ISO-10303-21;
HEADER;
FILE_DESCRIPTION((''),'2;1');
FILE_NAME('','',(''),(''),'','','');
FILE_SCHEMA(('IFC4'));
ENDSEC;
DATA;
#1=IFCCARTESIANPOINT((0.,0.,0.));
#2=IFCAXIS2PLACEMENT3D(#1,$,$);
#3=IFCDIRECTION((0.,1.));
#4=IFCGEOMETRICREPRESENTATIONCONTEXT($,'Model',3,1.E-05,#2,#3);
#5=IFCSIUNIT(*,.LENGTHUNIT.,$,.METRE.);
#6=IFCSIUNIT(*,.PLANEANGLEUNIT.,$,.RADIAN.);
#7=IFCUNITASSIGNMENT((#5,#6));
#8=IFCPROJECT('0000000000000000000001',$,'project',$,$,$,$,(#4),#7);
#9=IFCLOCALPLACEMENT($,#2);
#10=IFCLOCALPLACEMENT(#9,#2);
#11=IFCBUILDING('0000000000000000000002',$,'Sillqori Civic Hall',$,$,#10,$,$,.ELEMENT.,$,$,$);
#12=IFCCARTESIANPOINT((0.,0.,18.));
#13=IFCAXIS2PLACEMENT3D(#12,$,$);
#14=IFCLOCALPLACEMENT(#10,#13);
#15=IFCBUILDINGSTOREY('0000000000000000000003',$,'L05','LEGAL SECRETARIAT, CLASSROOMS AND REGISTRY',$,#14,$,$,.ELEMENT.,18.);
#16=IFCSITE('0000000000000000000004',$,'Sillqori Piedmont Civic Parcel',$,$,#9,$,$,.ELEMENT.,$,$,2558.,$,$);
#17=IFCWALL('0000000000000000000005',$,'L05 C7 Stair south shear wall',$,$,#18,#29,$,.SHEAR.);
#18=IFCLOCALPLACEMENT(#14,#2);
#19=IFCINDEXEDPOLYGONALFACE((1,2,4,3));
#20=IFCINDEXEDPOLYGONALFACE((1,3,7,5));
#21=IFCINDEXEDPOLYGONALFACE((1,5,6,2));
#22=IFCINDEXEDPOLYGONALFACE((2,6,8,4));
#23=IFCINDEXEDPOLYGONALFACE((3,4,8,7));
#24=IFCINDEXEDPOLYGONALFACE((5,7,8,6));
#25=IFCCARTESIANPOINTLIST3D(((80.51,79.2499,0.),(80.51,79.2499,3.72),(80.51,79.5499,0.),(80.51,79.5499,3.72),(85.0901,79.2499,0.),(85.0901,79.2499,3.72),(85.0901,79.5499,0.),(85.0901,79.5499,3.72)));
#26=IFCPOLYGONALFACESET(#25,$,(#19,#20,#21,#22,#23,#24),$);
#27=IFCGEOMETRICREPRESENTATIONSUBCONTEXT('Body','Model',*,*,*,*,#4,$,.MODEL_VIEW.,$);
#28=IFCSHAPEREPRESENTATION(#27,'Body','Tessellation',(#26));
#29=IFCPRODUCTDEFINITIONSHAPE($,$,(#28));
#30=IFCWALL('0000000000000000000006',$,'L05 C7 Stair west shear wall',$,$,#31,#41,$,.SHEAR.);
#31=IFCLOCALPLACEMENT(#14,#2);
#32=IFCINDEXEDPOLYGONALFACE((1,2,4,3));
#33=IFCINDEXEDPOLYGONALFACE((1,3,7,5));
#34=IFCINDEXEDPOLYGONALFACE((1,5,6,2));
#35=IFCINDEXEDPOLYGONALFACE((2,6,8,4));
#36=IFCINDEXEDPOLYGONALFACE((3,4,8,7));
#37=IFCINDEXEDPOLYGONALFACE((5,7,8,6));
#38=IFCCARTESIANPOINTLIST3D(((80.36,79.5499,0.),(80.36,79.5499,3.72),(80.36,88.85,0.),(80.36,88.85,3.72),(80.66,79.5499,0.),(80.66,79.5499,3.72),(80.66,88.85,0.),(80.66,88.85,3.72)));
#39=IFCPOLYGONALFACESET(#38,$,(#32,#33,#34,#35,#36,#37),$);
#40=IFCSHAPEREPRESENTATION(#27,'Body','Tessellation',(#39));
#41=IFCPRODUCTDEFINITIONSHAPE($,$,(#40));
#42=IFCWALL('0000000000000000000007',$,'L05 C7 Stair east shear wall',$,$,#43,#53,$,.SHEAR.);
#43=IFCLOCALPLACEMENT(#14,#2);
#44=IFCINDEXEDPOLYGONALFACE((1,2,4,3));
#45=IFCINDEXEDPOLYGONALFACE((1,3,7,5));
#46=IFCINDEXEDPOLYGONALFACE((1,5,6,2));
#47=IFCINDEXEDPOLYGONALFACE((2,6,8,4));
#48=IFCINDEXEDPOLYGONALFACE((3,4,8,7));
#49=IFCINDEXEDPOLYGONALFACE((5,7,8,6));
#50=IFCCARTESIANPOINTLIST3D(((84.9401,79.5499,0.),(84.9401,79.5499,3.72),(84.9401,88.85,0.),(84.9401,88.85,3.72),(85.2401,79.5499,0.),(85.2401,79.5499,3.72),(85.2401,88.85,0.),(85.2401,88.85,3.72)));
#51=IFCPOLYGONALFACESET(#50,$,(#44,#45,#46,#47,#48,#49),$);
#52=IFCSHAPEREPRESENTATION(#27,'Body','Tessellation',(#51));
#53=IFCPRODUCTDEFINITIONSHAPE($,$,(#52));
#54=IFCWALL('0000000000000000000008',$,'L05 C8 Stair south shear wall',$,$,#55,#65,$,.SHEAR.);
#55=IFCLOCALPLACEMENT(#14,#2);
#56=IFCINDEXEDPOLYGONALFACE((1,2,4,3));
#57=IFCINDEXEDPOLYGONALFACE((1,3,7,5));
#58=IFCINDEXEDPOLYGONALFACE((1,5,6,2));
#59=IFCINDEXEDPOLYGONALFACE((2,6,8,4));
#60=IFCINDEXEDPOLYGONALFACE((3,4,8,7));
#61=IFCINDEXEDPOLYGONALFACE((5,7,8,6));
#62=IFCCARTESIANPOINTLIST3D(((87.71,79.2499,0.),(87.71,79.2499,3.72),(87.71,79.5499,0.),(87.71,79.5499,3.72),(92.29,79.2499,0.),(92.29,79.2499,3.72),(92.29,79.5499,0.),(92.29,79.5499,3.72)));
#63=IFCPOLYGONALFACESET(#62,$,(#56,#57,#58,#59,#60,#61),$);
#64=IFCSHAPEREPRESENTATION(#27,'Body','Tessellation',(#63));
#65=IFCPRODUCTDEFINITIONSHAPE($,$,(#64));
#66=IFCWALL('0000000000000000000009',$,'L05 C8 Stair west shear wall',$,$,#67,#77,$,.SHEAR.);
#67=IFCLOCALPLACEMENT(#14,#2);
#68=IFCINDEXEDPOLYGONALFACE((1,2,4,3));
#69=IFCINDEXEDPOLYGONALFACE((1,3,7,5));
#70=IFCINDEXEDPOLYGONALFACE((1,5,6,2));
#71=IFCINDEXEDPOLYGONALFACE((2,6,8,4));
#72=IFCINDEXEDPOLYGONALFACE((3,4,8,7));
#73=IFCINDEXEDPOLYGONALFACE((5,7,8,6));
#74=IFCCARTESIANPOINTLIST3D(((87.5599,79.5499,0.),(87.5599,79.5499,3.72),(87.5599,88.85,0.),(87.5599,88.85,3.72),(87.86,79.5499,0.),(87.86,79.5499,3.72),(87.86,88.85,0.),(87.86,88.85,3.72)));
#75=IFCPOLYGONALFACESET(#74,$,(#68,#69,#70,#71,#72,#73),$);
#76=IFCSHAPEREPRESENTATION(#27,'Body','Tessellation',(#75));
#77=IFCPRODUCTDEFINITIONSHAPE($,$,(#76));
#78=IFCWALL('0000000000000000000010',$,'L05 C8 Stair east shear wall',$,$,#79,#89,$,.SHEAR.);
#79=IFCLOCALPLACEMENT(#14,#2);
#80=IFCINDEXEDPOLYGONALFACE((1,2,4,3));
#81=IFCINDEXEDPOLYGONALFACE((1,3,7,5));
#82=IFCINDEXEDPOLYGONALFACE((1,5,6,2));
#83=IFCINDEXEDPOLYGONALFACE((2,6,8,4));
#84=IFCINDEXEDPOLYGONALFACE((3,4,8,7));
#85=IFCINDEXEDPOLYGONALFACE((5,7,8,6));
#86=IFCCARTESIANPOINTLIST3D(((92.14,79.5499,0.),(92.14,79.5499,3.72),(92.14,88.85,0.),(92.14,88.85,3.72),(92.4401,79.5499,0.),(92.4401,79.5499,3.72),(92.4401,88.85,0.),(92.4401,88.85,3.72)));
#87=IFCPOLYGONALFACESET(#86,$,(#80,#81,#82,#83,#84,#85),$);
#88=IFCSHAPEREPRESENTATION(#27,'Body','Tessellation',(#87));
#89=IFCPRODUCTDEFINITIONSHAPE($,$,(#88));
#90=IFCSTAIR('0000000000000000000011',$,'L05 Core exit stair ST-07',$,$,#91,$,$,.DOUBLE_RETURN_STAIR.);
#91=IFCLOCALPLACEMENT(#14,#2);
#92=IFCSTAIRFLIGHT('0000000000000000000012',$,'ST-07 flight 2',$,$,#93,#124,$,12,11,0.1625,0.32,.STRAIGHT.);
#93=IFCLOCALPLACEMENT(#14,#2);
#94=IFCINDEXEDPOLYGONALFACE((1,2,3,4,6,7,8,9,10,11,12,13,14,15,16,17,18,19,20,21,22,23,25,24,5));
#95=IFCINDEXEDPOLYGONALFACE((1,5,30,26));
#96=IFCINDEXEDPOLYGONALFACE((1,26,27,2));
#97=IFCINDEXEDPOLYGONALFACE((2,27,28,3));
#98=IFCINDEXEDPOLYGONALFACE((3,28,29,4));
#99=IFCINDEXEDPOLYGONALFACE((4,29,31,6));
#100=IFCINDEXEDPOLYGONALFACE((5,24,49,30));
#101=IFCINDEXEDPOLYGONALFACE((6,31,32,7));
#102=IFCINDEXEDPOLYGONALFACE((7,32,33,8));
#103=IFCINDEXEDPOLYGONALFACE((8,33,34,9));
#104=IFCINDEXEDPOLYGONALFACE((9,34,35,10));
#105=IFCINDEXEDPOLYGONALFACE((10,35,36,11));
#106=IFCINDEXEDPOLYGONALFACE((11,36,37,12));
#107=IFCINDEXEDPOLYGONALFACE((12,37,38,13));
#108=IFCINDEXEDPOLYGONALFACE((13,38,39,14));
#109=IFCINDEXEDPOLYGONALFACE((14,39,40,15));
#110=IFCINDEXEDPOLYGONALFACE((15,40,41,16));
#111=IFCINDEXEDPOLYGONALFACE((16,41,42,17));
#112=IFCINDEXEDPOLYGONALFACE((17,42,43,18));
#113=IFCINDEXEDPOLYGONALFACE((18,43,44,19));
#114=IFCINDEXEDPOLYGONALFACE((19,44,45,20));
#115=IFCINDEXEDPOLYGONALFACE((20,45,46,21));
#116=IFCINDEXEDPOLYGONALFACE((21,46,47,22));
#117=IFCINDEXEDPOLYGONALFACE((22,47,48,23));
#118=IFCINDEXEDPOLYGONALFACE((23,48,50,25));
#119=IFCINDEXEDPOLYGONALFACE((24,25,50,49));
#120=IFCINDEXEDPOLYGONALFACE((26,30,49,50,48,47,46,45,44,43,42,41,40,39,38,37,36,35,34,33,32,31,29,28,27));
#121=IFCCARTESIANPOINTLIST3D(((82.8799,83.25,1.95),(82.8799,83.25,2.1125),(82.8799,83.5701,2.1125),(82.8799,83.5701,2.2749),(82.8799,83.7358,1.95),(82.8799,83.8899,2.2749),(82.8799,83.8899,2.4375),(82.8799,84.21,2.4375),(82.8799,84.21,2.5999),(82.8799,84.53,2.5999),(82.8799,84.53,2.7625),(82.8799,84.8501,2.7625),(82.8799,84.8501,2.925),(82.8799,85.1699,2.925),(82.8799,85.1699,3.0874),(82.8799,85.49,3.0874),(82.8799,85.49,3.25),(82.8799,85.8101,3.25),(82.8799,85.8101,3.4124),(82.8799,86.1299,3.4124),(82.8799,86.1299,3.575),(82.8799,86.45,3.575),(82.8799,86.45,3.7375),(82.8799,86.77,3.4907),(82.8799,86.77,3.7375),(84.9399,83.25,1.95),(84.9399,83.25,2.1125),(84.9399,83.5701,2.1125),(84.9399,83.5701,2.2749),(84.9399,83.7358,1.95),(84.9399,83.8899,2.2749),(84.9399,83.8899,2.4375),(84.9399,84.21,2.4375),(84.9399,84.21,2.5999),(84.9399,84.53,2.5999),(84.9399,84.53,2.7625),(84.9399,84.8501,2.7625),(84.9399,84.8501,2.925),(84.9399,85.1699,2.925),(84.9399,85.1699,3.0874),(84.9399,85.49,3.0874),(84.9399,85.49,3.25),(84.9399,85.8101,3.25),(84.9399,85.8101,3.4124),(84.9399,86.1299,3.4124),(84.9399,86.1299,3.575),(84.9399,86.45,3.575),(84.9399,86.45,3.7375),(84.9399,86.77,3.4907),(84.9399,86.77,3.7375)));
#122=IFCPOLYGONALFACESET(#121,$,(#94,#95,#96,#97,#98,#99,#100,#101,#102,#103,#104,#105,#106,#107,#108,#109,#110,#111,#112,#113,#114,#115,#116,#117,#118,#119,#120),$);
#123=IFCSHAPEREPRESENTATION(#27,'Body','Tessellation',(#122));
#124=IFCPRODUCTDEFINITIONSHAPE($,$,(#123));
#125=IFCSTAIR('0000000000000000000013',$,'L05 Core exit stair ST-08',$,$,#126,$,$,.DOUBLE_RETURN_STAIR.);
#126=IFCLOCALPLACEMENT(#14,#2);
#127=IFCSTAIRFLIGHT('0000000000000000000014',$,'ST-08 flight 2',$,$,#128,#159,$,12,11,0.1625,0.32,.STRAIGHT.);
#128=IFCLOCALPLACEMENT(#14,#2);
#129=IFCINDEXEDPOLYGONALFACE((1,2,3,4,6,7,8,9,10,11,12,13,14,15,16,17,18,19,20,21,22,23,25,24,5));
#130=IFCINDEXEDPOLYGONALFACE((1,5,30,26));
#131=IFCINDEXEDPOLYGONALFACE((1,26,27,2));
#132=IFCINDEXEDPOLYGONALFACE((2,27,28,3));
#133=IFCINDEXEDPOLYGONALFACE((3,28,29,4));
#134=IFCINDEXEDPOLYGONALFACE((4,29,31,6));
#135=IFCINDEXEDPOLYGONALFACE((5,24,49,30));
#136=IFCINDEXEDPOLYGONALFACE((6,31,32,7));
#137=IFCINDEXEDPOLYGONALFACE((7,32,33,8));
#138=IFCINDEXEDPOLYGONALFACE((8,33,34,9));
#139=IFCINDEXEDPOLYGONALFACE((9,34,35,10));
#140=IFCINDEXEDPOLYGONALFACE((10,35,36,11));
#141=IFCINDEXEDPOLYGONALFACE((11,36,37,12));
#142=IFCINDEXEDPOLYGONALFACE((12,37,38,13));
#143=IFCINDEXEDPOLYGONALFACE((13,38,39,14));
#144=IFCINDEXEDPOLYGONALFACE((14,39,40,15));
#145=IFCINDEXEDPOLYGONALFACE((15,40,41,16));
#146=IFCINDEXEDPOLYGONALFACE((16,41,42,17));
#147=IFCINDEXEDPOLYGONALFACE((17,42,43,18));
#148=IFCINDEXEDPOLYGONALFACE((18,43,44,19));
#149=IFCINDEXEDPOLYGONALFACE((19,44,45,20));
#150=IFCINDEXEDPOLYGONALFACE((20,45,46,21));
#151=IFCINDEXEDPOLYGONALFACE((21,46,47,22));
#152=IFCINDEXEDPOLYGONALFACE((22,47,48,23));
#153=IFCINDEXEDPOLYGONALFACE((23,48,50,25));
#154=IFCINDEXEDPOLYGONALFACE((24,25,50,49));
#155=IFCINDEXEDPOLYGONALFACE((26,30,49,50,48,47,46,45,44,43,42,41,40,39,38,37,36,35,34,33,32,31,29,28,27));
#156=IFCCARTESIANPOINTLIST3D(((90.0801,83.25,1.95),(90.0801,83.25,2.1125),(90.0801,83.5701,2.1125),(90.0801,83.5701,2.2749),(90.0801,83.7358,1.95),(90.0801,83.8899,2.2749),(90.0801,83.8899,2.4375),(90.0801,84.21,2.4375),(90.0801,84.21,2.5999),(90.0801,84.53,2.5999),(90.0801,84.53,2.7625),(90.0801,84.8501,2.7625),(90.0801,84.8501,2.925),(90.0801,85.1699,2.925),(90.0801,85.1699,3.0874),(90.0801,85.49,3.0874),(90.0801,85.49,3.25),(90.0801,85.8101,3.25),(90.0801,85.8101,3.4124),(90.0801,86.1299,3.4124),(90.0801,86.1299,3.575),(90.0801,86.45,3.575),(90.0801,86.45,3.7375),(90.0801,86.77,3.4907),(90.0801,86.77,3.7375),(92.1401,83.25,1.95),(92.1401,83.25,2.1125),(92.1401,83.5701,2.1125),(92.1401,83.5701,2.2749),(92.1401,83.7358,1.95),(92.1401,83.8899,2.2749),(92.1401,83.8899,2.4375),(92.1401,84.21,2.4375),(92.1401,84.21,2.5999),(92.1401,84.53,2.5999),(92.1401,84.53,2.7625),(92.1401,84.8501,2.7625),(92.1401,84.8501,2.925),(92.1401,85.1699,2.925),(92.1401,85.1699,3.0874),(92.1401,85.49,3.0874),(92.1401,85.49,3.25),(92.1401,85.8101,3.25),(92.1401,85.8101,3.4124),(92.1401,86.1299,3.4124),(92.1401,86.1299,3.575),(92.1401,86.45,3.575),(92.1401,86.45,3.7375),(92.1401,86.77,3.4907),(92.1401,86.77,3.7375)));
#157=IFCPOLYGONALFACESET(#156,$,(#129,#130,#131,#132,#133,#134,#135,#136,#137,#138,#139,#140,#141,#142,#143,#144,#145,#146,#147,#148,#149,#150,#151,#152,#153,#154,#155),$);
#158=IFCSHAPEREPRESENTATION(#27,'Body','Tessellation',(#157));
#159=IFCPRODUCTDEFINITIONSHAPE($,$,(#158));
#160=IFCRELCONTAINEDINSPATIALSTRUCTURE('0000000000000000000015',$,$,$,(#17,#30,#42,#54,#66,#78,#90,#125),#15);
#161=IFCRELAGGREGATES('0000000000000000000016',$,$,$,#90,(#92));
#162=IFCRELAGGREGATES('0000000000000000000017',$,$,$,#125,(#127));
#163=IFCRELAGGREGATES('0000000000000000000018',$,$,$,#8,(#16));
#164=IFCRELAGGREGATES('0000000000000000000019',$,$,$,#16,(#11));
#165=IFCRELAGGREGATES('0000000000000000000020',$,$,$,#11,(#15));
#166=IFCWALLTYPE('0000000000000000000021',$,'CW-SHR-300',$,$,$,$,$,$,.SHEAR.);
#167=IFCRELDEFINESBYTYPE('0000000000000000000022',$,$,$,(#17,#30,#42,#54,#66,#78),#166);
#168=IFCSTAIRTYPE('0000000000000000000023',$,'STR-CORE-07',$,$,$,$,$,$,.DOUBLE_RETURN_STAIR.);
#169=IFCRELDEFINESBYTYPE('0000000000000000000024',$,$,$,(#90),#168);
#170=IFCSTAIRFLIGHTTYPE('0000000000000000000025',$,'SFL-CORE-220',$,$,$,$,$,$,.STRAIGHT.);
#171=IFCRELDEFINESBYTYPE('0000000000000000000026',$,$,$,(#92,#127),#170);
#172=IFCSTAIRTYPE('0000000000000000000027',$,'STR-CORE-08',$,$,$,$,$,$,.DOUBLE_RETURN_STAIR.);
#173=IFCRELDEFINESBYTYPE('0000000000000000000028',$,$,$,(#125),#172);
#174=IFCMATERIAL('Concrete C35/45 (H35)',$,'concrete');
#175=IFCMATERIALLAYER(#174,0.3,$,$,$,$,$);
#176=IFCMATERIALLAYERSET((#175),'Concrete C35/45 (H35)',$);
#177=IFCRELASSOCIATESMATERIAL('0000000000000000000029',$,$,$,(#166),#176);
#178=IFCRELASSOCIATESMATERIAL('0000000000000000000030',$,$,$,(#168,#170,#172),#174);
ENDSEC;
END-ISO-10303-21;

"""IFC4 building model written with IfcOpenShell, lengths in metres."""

from ifc_helpers import new_model, si_unit, direction, frame, frame_2d, origin, place, context, subcontext, project, spatial, polyline, rectangle, outline, extrude, material, layer, layer_set, type_object, element, aggregate, save


model = new_model("IFC4")

# Units and contexts
model_context = context("Model", 3, precision=1e-05, world=origin(), true_north=direction((0.0, 1.0)))
body_context = subcontext(model_context, "Body", "Model", "MODEL_VIEW")
ifc_project = project(units=[si_unit("LENGTHUNIT", "METRE"), si_unit("PLANEANGLEUNIT", "RADIAN")], contexts=[model_context])

# Site, building, storey
site_placement = place(None, origin())
site = spatial("IfcSite", under=ifc_project, at=site_placement, Name="Sillqori Piedmont Civic Parcel", CompositionType="ELEMENT", RefElevation=2558.0)
building_placement = place(site_placement, origin())
building = spatial("IfcBuilding", under=site, at=building_placement, Name="Sillqori Civic Hall", CompositionType="ELEMENT")
storey_placement = place(building_placement, frame((0.0, 0.0, 18.0)))
storey = spatial("IfcBuildingStorey", under=building, at=storey_placement, Name="L05", Description="LEGAL SECRETARIAT, CLASSROOMS AND REGISTRY", CompositionType="ELEMENT", Elevation=18.0)

# Shared definitions
ifc_material_1 = material(Name="Concrete C35/45 (H35)", Category="concrete")

# Walls
ifc_layer_1 = layer(ifc_material_1, 0.3)
ifc_layer_set_1 = layer_set([ifc_layer_1], Name="Concrete C35/45 (H35)")
wall_type = type_object("IfcWallType", Name="CW-SHR-300", PredefinedType="SHEAR", material=ifc_layer_set_1)
wall_1_placement = place(storey_placement, frame((80.51, 79.3999, 0.0), z_axis=(0.0, 0.0, 1.0), x_axis=(1.0, 0.0, 0.0)))
element("IfcWall", 1, at=wall_1_placement, inside=storey, type_object=wall_type, Name="L05 C7 Stair south shear wall", PredefinedType="SHEAR", context=body_context, shape_type="SweptSolid", body=[
    extrude(rectangle(XDim=4.5801, YDim=0.3, at=frame_2d((2.29, 0.0))), origin(), (0.0, 0.0, 1.0), 3.72),
])
for number, where, z_axis, x_axis, name in (
    (2, (80.51, 79.55, 0.0), (0.0, 0.0, 1.0), (0.0, 1.0, 0.0), "L05 C7 Stair west shear wall"),
    (3, (85.0901, 79.55, 0.0), (0.0, 0.0, 1.0), (0.0, 1.0, 0.0), "L05 C7 Stair east shear wall"),
):
    element("IfcWall", number, at=place(storey_placement, frame(where, z_axis=z_axis, x_axis=x_axis)), inside=storey, type_object=wall_type, Name=name, PredefinedType="SHEAR", context=body_context, shape_type="SweptSolid", body=[
        extrude(rectangle(XDim=9.3, YDim=0.3, at=frame_2d((4.6499, 0.0))), origin(), (0.0, 0.0, 1.0), 3.72),
    ])
wall_2_placement = place(storey_placement, frame((87.71, 79.3999, 0.0), z_axis=(0.0, 0.0, 1.0), x_axis=(1.0, 0.0, 0.0)))
element("IfcWall", 4, at=wall_2_placement, inside=storey, type_object=wall_type, Name="L05 C8 Stair south shear wall", PredefinedType="SHEAR", context=body_context, shape_type="SweptSolid", body=[
    extrude(rectangle(XDim=4.5801, YDim=0.3, at=frame_2d((2.29, 0.0))), origin(), (0.0, 0.0, 1.0), 3.72),
])
for number, where, z_axis, x_axis, name in (
    (5, (87.71, 79.55, 0.0), (0.0, 0.0, 1.0), (0.0, 1.0, 0.0), "L05 C8 Stair west shear wall"),
    (6, (92.29, 79.55, 0.0), (0.0, 0.0, 1.0), (0.0, 1.0, 0.0), "L05 C8 Stair east shear wall"),
):
    element("IfcWall", number, at=place(storey_placement, frame(where, z_axis=z_axis, x_axis=x_axis)), inside=storey, type_object=wall_type, Name=name, PredefinedType="SHEAR", context=body_context, shape_type="SweptSolid", body=[
        extrude(rectangle(XDim=9.3, YDim=0.3, at=frame_2d((4.6499, 0.0))), origin(), (0.0, 0.0, 1.0), 3.72),
    ])

# Stairs, stair flights
stair_type_1 = type_object("IfcStairType", Name="STR-CORE-07", PredefinedType="DOUBLE_RETURN_STAIR", material=ifc_material_1)
stair_1_placement = place(storey_placement, origin())
stair_1 = element("IfcStair", 7, at=stair_1_placement, inside=storey, type_object=stair_type_1, Name="L05 Core exit stair ST-07", PredefinedType="DOUBLE_RETURN_STAIR")
stair_flight_type = type_object("IfcStairFlightType", Name="SFL-CORE-220", PredefinedType="STRAIGHT", material=ifc_material_1)
stair_flight_1_placement = place(storey_placement, frame((83.9099, 83.25, 1.95), z_axis=(0.0, 0.0, 1.0), x_axis=(0.0, 1.0, 0.0)))
stair_flight_1 = element("IfcStairFlight", 8, at=stair_flight_1_placement, type_object=stair_flight_type, Name="ST-07 flight 2", NumberOfRisers=12, NumberOfTreads=11, PredefinedType="STRAIGHT", RiserHeight=0.1625, TreadLength=0.32, context=body_context, shape_type="SweptSolid", body=[
    extrude(outline(polyline([(0.0, 0.0), (0.0, 0.1626), (0.3201, 0.1626), (0.3201, 0.325), (0.6399, 0.325), (0.6399, 0.4875), (0.96, 0.4875), (0.96, 0.6499), (1.28, 0.6499), (1.28, 0.8125), (1.6001, 0.8125), (1.6001, 0.9751), (1.9199, 0.9751), (1.9199, 1.1375), (2.24, 1.1375), (2.24, 1.3), (2.5601, 1.3), (2.5601, 1.4624), (2.8799, 1.4624), (2.8799, 1.625), (3.2, 1.625), (3.2, 1.7876), (3.52, 1.7876), (3.52, 1.95), (3.52, 1.5408), (0.4858, 0.0), (0.0, 0.0)])), frame((0.0, 1.03, 0.0), z_axis=(0.0, -1.0, 0.0), x_axis=(1.0, 0.0, 0.0)), (0.0, 0.0, 1.0), 2.0601),
])
aggregate(stair_1, [stair_flight_1])
stair_type_2 = type_object("IfcStairType", Name="STR-CORE-08", PredefinedType="DOUBLE_RETURN_STAIR", material=ifc_material_1)
stair_2_placement = place(storey_placement, origin())
stair_2 = element("IfcStair", 9, at=stair_2_placement, inside=storey, type_object=stair_type_2, Name="L05 Core exit stair ST-08", PredefinedType="DOUBLE_RETURN_STAIR")
stair_flight_2_placement = place(storey_placement, frame((91.1101, 83.25, 1.95), z_axis=(0.0, 0.0, 1.0), x_axis=(0.0, 1.0, 0.0)))
stair_flight_2 = element("IfcStairFlight", 10, at=stair_flight_2_placement, type_object=stair_flight_type, Name="ST-08 flight 2", NumberOfRisers=12, NumberOfTreads=11, PredefinedType="STRAIGHT", RiserHeight=0.1625, TreadLength=0.32, context=body_context, shape_type="SweptSolid", body=[
    extrude(outline(polyline([(0.0, 0.0), (0.0, 0.1626), (0.3201, 0.1626), (0.3201, 0.325), (0.6399, 0.325), (0.6399, 0.4875), (0.96, 0.4875), (0.96, 0.6499), (1.28, 0.6499), (1.28, 0.8125), (1.6001, 0.8125), (1.6001, 0.9751), (1.9199, 0.9751), (1.9199, 1.1375), (2.24, 1.1375), (2.24, 1.3), (2.5601, 1.3), (2.5601, 1.4624), (2.8799, 1.4624), (2.8799, 1.625), (3.2, 1.625), (3.2, 1.7876), (3.52, 1.7876), (3.52, 1.95), (3.52, 1.5408), (0.4858, 0.0), (0.0, 0.0)])), frame((0.0, 1.03, 0.0), z_axis=(0.0, -1.0, 0.0), x_axis=(1.0, 0.0, 0.0)), (0.0, 0.0, 1.0), 2.0601),
])
aggregate(stair_2, [stair_flight_2])

save(model, "model.ifc")
